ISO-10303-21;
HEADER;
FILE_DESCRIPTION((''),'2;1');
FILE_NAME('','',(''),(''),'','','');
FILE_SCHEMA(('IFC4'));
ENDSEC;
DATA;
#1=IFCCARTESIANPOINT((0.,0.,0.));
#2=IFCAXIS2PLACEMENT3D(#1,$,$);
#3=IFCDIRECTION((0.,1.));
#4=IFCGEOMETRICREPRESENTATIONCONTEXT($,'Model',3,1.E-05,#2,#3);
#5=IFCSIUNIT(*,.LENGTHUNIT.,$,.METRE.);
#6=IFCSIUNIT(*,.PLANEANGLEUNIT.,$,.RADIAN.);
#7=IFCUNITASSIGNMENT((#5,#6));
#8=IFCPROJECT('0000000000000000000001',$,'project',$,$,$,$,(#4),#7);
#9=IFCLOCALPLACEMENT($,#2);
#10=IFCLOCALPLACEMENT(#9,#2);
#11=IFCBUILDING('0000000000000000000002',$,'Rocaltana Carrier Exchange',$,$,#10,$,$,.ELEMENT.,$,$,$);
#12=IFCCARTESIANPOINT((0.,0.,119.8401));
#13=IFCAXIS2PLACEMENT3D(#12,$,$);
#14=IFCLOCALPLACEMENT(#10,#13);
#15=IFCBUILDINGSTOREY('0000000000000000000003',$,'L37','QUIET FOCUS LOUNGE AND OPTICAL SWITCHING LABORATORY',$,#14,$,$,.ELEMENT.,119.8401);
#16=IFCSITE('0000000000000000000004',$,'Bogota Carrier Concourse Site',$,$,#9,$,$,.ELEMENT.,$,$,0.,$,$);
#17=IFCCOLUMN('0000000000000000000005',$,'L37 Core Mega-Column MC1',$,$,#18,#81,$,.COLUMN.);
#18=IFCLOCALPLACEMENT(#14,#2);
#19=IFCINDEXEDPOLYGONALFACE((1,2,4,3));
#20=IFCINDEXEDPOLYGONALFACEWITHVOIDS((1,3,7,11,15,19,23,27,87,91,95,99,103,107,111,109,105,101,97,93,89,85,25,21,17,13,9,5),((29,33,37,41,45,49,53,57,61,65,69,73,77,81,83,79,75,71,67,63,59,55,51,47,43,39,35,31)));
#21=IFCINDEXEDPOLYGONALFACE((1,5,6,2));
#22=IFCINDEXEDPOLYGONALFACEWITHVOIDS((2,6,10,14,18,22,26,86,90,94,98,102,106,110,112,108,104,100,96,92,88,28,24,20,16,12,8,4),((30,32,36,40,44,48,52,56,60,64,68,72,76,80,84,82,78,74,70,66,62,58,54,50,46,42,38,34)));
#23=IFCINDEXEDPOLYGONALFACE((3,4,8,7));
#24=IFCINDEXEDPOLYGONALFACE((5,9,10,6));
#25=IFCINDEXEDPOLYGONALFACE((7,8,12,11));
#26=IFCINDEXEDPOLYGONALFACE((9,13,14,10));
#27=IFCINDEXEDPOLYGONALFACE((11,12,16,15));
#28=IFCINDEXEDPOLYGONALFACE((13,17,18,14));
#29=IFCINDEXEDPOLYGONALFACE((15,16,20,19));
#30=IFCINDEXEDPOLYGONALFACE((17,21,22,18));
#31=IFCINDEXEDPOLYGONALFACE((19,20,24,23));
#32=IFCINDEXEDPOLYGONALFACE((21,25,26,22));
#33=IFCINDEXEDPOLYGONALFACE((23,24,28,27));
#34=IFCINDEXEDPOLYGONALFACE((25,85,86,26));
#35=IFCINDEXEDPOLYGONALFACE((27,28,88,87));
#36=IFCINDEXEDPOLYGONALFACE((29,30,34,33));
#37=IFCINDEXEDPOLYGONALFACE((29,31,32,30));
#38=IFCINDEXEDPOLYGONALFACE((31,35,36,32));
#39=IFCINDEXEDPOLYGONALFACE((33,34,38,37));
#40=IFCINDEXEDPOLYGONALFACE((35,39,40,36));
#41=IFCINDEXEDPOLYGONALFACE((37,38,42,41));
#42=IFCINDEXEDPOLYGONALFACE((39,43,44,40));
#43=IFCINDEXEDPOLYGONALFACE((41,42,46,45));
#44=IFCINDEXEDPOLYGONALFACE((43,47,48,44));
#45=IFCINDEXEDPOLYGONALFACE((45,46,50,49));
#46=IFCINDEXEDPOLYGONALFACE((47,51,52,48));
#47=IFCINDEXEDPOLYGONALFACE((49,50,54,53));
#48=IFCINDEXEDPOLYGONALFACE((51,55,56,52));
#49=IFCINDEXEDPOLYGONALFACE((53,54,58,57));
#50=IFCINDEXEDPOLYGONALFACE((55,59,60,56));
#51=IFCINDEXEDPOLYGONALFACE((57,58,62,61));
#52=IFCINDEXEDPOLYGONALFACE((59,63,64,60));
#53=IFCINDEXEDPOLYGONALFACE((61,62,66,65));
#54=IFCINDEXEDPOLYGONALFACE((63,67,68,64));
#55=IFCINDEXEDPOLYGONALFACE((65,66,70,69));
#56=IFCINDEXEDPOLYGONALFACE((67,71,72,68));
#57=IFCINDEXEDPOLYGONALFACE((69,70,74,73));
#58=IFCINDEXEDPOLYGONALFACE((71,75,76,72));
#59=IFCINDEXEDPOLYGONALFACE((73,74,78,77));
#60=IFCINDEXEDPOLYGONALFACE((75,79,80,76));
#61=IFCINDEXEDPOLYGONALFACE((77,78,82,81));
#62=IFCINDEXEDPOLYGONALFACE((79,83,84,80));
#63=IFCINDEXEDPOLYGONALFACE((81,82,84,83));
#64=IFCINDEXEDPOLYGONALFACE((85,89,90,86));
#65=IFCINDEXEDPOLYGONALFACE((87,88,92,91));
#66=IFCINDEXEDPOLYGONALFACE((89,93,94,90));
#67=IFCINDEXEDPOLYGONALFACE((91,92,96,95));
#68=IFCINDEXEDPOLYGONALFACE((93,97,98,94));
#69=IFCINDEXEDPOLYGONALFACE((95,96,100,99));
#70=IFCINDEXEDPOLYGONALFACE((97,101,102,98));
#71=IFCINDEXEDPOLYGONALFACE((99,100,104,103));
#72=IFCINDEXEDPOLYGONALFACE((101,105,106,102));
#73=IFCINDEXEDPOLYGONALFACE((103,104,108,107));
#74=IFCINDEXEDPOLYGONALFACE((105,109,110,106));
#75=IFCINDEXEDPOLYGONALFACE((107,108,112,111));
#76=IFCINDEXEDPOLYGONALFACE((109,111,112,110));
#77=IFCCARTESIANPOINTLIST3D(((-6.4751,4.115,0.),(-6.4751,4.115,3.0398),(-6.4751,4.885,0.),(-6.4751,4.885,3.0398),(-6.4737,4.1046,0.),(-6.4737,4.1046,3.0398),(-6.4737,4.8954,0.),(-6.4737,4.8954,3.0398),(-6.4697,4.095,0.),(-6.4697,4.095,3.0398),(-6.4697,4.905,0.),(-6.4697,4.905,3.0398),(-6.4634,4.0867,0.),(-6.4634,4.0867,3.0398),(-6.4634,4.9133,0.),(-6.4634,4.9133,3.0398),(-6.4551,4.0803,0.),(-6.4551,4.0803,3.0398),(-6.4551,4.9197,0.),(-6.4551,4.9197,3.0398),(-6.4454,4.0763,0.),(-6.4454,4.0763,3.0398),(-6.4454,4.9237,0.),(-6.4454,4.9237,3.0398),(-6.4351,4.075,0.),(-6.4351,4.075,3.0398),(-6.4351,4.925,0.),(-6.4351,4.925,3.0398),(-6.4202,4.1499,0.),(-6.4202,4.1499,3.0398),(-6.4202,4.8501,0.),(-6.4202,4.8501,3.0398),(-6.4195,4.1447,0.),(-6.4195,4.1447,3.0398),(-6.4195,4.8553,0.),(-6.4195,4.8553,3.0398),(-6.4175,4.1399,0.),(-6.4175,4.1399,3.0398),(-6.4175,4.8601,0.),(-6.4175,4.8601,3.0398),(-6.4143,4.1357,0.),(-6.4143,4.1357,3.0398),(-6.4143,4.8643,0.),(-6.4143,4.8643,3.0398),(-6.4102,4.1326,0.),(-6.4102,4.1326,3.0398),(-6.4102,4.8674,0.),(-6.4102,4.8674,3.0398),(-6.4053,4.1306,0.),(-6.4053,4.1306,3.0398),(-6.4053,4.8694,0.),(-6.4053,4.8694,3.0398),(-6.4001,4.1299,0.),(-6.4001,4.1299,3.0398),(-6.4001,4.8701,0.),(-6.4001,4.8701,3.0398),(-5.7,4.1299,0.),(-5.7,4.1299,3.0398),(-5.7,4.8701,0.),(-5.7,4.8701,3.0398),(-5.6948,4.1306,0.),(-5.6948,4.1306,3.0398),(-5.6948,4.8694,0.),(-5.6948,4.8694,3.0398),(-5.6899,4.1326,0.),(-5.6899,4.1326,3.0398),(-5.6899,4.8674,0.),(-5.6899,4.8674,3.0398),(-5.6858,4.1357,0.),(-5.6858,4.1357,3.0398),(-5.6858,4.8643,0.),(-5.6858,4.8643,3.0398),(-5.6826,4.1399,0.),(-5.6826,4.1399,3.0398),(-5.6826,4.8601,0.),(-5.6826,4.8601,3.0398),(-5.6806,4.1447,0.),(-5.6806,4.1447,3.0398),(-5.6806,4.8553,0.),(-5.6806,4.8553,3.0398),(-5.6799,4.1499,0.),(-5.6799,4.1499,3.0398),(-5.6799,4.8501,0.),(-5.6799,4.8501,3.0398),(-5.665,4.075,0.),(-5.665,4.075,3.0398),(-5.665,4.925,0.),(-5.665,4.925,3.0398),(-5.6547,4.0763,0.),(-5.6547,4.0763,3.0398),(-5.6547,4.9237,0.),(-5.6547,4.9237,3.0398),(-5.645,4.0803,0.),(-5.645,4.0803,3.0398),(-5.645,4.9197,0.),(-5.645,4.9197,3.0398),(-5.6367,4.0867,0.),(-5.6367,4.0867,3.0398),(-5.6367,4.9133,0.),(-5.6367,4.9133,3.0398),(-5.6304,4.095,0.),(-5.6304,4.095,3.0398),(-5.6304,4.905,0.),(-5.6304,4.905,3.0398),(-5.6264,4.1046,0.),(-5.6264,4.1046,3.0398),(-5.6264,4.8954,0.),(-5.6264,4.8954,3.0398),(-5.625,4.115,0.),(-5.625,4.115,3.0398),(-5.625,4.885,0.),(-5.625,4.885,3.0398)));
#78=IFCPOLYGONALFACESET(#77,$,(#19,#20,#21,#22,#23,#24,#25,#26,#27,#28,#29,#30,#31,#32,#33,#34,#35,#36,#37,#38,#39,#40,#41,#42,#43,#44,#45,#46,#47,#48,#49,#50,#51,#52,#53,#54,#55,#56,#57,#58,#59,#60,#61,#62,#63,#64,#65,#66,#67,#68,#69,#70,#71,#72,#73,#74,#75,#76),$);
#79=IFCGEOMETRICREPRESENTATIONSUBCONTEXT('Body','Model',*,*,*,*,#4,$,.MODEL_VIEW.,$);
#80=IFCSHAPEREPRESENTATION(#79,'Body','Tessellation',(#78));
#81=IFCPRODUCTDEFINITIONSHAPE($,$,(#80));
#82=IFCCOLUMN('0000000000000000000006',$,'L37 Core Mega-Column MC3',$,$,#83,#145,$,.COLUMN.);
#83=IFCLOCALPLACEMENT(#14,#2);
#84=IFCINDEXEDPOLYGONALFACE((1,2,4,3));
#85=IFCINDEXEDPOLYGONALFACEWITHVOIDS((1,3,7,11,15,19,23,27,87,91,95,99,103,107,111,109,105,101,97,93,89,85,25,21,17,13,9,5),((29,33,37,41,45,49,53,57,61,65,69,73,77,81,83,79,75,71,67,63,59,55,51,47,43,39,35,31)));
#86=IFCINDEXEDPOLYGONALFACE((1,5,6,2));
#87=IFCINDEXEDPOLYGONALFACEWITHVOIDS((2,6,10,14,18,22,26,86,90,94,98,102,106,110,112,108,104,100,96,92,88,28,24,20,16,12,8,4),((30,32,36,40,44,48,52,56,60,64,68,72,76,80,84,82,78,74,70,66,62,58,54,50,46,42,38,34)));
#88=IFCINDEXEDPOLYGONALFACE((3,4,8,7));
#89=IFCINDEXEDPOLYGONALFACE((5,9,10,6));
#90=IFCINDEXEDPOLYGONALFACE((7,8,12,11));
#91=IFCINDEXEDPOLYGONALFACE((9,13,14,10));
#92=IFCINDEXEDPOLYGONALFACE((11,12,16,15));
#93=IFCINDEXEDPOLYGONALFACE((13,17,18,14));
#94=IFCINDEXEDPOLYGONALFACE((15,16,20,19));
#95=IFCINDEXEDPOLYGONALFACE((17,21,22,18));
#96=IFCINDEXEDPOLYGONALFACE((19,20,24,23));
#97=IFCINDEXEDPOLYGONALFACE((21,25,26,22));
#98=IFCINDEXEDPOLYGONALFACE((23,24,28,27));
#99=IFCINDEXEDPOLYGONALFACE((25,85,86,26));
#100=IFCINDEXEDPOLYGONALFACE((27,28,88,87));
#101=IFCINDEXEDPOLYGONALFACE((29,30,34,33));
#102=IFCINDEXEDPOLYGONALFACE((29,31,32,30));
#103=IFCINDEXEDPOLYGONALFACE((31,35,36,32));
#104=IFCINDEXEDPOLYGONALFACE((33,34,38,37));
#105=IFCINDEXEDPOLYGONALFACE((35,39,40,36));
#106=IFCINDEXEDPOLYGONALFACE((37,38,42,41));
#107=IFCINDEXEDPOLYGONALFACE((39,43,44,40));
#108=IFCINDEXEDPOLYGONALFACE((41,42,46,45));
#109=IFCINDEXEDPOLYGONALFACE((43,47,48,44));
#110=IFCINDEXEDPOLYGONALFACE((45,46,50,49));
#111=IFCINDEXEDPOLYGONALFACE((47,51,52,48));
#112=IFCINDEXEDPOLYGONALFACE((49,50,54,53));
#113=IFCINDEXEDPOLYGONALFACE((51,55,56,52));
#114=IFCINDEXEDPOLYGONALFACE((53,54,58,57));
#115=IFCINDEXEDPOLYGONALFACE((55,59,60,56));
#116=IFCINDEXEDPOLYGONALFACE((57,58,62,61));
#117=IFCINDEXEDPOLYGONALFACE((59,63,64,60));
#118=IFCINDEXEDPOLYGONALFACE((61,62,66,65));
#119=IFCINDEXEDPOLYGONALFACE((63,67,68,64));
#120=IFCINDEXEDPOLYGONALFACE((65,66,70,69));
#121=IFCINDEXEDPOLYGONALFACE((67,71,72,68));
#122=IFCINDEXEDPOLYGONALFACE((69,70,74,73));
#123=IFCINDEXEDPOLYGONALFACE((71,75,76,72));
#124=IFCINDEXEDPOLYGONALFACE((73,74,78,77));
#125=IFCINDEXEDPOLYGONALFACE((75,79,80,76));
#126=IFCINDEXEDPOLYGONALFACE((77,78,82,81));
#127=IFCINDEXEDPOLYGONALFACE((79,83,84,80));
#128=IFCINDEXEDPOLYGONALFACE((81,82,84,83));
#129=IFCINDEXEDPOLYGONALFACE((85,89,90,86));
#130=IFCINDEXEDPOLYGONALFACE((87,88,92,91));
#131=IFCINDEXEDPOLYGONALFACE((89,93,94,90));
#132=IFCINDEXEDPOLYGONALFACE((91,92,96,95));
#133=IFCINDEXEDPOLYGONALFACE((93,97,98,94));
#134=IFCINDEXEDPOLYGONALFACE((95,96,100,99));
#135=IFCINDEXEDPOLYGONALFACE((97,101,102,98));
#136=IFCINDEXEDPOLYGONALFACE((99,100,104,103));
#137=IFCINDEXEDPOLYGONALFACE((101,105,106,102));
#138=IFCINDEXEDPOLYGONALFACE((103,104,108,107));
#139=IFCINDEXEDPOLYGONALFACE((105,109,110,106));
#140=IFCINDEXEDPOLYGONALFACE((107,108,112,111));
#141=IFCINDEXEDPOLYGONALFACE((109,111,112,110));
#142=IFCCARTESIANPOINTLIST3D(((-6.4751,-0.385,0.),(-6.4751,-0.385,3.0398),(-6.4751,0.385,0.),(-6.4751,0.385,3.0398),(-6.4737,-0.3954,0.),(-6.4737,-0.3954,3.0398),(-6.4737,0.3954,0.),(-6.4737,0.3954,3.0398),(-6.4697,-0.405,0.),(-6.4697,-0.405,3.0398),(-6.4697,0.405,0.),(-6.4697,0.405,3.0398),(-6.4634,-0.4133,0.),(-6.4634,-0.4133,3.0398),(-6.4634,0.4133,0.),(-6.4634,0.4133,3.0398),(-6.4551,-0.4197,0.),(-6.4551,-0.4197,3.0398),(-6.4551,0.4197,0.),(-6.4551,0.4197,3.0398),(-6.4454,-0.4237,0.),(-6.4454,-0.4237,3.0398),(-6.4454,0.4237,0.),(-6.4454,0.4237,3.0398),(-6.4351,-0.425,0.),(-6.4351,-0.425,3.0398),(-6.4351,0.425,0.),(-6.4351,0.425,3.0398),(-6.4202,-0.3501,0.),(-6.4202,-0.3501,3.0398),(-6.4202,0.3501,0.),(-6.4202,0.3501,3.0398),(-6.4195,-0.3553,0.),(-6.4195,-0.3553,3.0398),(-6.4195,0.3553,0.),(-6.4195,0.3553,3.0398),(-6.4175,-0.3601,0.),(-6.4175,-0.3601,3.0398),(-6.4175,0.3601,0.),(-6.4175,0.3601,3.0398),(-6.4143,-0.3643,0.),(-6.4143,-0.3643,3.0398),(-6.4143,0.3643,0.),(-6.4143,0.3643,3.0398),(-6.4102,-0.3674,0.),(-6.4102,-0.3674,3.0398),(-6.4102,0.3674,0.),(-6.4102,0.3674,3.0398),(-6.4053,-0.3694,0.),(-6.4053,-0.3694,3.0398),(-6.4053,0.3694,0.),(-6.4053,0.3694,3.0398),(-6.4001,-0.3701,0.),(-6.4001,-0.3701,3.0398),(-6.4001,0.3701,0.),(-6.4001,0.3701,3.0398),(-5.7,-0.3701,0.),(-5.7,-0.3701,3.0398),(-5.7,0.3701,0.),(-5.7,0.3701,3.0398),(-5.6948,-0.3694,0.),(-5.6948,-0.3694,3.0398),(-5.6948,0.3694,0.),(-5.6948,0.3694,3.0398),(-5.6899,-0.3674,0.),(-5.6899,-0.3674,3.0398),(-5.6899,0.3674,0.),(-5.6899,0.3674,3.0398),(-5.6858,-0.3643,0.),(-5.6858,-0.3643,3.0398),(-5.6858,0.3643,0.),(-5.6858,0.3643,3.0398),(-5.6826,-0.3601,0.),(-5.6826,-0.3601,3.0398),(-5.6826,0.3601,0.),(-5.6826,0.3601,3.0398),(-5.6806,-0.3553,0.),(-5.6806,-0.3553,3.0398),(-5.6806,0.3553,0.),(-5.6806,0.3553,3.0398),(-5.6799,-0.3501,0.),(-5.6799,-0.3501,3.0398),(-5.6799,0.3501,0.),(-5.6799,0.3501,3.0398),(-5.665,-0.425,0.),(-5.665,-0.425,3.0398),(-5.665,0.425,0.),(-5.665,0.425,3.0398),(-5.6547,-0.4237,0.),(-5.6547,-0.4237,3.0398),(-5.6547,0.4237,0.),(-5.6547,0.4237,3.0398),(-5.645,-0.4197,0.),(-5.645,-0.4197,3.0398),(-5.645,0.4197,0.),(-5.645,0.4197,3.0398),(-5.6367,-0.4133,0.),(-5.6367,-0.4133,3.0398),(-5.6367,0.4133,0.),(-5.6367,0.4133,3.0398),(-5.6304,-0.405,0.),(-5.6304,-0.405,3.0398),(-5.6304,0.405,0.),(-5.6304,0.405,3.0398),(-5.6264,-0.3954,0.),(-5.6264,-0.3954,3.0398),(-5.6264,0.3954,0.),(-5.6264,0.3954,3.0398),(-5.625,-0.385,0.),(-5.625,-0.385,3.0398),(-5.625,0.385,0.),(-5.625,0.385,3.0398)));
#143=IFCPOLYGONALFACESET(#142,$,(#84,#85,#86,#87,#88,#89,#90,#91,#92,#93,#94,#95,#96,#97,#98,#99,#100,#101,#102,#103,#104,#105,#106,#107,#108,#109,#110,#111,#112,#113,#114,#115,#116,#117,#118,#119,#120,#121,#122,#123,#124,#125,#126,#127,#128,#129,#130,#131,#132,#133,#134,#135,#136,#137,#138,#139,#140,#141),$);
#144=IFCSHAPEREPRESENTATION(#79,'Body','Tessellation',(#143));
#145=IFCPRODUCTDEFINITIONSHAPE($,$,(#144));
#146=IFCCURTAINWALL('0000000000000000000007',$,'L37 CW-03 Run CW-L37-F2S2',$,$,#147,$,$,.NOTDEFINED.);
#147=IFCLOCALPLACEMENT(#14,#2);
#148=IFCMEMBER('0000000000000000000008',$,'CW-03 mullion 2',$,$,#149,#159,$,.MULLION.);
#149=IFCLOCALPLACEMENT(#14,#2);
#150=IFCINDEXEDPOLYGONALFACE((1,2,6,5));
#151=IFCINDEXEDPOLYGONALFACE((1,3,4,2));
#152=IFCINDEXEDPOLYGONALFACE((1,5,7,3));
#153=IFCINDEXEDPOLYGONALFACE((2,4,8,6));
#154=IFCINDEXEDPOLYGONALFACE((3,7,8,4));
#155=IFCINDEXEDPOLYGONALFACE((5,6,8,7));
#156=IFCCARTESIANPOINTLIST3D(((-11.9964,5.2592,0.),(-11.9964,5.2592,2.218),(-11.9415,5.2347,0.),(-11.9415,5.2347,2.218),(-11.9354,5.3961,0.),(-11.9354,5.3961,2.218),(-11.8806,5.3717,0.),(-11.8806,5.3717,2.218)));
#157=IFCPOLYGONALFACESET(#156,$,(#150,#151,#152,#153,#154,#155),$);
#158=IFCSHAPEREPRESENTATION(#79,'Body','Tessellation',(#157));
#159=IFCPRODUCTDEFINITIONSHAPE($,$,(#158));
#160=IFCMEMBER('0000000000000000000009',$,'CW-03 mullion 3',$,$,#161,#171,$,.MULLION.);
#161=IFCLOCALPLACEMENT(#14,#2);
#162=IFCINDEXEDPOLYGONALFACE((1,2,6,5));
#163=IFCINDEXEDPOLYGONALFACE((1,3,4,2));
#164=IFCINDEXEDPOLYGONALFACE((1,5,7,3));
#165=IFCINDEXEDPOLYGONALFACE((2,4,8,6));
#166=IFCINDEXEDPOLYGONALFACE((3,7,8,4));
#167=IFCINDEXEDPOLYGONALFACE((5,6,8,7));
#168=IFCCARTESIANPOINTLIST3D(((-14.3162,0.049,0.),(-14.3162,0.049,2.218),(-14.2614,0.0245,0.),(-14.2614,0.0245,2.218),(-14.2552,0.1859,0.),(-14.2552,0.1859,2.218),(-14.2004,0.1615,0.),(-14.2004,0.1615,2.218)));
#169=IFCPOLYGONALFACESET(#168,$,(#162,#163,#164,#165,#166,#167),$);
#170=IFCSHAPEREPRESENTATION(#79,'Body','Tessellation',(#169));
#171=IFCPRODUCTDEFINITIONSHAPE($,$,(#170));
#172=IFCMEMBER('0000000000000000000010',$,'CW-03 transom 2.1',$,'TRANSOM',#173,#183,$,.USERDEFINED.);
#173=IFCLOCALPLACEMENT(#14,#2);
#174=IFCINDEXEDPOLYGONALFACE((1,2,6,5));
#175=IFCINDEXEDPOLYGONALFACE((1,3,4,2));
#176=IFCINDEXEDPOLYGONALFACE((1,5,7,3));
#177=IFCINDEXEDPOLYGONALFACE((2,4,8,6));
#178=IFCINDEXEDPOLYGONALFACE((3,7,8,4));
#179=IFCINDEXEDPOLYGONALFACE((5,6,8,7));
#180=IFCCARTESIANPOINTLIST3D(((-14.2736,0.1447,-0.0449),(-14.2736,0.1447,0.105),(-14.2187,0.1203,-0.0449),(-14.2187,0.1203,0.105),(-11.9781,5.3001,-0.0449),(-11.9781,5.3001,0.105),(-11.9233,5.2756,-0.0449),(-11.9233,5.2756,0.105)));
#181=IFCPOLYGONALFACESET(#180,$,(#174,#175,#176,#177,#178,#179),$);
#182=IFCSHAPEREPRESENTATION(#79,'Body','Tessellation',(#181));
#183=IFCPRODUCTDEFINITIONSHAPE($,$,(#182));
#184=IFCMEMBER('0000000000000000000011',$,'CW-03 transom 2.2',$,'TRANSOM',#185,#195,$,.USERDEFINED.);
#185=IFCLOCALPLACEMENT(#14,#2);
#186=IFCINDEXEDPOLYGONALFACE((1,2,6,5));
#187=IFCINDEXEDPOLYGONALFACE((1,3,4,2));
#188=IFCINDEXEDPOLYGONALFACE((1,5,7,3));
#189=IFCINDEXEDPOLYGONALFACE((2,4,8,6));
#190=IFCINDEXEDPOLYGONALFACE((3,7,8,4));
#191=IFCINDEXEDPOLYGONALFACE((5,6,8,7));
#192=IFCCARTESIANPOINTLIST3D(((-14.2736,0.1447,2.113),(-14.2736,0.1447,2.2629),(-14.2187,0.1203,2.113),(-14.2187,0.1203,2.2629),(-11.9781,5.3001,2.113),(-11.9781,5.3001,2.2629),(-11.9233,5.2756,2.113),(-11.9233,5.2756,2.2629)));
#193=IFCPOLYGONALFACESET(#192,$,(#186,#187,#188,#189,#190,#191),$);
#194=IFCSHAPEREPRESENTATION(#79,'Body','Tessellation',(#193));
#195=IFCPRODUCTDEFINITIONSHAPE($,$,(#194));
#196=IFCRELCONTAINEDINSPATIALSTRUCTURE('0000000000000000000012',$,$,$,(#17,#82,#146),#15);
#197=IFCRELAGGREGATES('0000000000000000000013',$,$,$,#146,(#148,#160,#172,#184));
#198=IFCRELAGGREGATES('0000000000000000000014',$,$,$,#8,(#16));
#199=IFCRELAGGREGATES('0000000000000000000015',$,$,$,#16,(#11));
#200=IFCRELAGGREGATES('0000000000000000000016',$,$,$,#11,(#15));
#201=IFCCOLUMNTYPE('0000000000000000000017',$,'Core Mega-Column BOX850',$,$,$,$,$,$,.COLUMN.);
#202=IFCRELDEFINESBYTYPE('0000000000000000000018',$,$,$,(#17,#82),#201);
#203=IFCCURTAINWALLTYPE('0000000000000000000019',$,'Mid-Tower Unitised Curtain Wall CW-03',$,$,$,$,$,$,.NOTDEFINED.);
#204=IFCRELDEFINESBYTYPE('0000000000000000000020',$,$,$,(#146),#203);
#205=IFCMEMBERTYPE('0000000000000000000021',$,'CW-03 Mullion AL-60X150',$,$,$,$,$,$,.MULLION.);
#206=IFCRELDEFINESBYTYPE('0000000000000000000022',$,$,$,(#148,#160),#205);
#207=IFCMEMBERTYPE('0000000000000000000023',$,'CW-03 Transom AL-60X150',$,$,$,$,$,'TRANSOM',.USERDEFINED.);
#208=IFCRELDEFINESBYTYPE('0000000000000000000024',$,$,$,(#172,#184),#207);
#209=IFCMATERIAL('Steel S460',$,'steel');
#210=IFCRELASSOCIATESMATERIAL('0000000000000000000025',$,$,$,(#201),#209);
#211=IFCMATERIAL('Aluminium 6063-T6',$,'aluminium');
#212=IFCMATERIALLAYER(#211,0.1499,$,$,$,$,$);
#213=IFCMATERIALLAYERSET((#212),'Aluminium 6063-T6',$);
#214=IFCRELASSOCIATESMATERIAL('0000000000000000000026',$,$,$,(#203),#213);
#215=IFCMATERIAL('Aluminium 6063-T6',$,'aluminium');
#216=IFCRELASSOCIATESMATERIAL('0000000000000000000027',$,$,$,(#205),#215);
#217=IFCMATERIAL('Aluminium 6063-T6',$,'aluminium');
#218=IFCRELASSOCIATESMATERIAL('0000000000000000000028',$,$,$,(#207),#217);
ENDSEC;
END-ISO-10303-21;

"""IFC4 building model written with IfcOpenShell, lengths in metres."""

from ifc_helpers import new_model, si_unit, direction, frame, origin, origin_2d, place, context, subcontext, project, spatial, rectangle, hollow_rectangle, extrude, material, layer, layer_set, material_profile, profile_set, type_object, element, aggregate, save


model = new_model("IFC4")

# Units and contexts
model_context = context("Model", 3, precision=1e-05, world=origin(), true_north=direction((0.0, 1.0)))
body_context = subcontext(model_context, "Body", "Model", "MODEL_VIEW")
ifc_project = project(units=[si_unit("LENGTHUNIT", "METRE"), si_unit("PLANEANGLEUNIT", "RADIAN")], contexts=[model_context])

# Site, building, storey
site_placement = place(None, origin())
site = spatial("IfcSite", under=ifc_project, at=site_placement, Name="Bogota Carrier Concourse Site", CompositionType="ELEMENT", RefElevation=0.0)
building_placement = place(site_placement, origin())
building = spatial("IfcBuilding", under=site, at=building_placement, Name="Rocaltana Carrier Exchange", CompositionType="ELEMENT")
storey_placement = place(building_placement, frame((0.0, 0.0, 119.8401)))
storey = spatial("IfcBuildingStorey", under=building, at=storey_placement, Name="L37", Description="QUIET FOCUS LOUNGE AND OPTICAL SWITCHING LABORATORY", CompositionType="ELEMENT", Elevation=119.8401)

# Columns
ifc_material_1 = material(Name="Steel S460", Category="steel")
ifc_material_profile_1 = material_profile(ifc_material_1, hollow_rectangle(XDim=0.8501, YDim=0.8501, WallThickness=0.0549, InnerFilletRadius=0.02, OuterFilletRadius=0.04, at=origin_2d()), Name="BOX850X850X55")
ifc_profile_set_1 = profile_set([ifc_material_profile_1], Name="Steel S460")
column_type = type_object("IfcColumnType", Name="Core Mega-Column BOX850", PredefinedType="COLUMN", material=ifc_profile_set_1)
for number, where, z_axis, x_axis, name in (
    (1, (-6.05, 4.5, 0.0), (0.0, 0.0, 1.0), (1.0, 0.0, 0.0), "L37 Core Mega-Column MC1"),
    (2, (-6.05, 0.0, 0.0), (0.0, 0.0, 1.0), (1.0, 0.0, 0.0), "L37 Core Mega-Column MC3"),
):
    element("IfcColumn", number, at=place(storey_placement, frame(where, z_axis=z_axis, x_axis=x_axis)), inside=storey, type_object=column_type, Name=name, PredefinedType="COLUMN", context=body_context, shape_type="SweptSolid", body=[
        extrude(hollow_rectangle(XDim=0.8501, YDim=0.8501, WallThickness=0.0549, InnerFilletRadius=0.02, OuterFilletRadius=0.04, at=origin_2d()), origin(), (0.0, 0.0, 1.0), 3.0398),
    ])

# Curtain wall, members
ifc_material_2 = material(Name="Aluminium 6063-T6", Category="aluminium")
ifc_layer_1 = layer(ifc_material_2, 0.1499)
ifc_layer_set_1 = layer_set([ifc_layer_1], Name="Aluminium 6063-T6")
curtain_wall_type = type_object("IfcCurtainWallType", Name="Mid-Tower Unitised Curtain Wall CW-03", PredefinedType="NOTDEFINED", material=ifc_layer_set_1)
curtain_wall_placement = place(storey_placement, origin())
curtain_wall = element("IfcCurtainWall", 3, at=curtain_wall_placement, inside=storey, type_object=curtain_wall_type, Name="L37 CW-03 Run CW-L37-F2S2", PredefinedType="NOTDEFINED")
ifc_material_3 = material(Name="Aluminium 6063-T6", Category="aluminium")
ifc_material_profile_2 = material_profile(ifc_material_3, rectangle(XDim=0.0601, YDim=0.1499, at=origin_2d()), Name="AL-60X150")
ifc_profile_set_2 = profile_set([ifc_material_profile_2], Name="Aluminium 6063-T6")
member_type_1 = type_object("IfcMemberType", Name="CW-03 Mullion AL-60X150", PredefinedType="MULLION", material=ifc_profile_set_2)
member_1_placement = place(storey_placement, frame((-11.9385, 5.3154, 0.0), z_axis=(0.0, 0.0, 1.0), x_axis=(0.913542, -0.406744, 0.0)))
member_1 = element("IfcMember", 4, at=member_1_placement, type_object=member_type_1, Name="CW-03 mullion 2", PredefinedType="MULLION", context=body_context, shape_type="SweptSolid", body=[
    extrude(rectangle(XDim=0.0601, YDim=0.1499, at=origin_2d()), origin(), (0.0, 0.0, 1.0), 2.218),
])
member_2_placement = place(storey_placement, frame((-14.2583, 0.1052, 0.0), z_axis=(0.0, 0.0, 1.0), x_axis=(0.913542, -0.406744, 0.0)))
member_2 = element("IfcMember", 5, at=member_2_placement, type_object=member_type_1, Name="CW-03 mullion 3", PredefinedType="MULLION", context=body_context, shape_type="SweptSolid", body=[
    extrude(rectangle(XDim=0.0601, YDim=0.1499, at=origin_2d()), origin(), (0.0, 0.0, 1.0), 2.218),
])
ifc_material_4 = material(Name="Aluminium 6063-T6", Category="aluminium")
ifc_material_profile_3 = material_profile(ifc_material_4, rectangle(XDim=0.0601, YDim=0.1499, at=origin_2d()), Name="AL-60X150")
ifc_profile_set_3 = profile_set([ifc_material_profile_3], Name="Aluminium 6063-T6")
member_type_2 = type_object("IfcMemberType", Name="CW-03 Transom AL-60X150", ElementType="TRANSOM", PredefinedType="USERDEFINED", material=ifc_profile_set_3)
member_3_placement = place(storey_placement, frame((-11.9507, 5.2878, 0.03), z_axis=(-0.406757, -0.913537, 0.0), x_axis=(0.913537, -0.406757, 0.0)))
member_3 = element("IfcMember", 6, at=member_3_placement, type_object=member_type_2, Name="CW-03 transom 2.1", ObjectType="TRANSOM", PredefinedType="USERDEFINED", context=body_context, shape_type="SweptSolid", body=[
    extrude(rectangle(XDim=0.0601, YDim=0.1499, at=origin_2d()), origin(), (0.0, 0.0, 1.0), 5.6433),
])
member_4_placement = place(storey_placement, frame((-11.9507, 5.2878, 2.188), z_axis=(-0.406757, -0.913537, 0.0), x_axis=(0.913537, -0.406757, 0.0)))
member_4 = element("IfcMember", 7, at=member_4_placement, type_object=member_type_2, Name="CW-03 transom 2.2", ObjectType="TRANSOM", PredefinedType="USERDEFINED", context=body_context, shape_type="SweptSolid", body=[
    extrude(rectangle(XDim=0.0601, YDim=0.1499, at=origin_2d()), origin(), (0.0, 0.0, 1.0), 5.6433),
])

aggregate(curtain_wall, [member_1, member_2, member_3, member_4])

save(model, "model.ifc")
